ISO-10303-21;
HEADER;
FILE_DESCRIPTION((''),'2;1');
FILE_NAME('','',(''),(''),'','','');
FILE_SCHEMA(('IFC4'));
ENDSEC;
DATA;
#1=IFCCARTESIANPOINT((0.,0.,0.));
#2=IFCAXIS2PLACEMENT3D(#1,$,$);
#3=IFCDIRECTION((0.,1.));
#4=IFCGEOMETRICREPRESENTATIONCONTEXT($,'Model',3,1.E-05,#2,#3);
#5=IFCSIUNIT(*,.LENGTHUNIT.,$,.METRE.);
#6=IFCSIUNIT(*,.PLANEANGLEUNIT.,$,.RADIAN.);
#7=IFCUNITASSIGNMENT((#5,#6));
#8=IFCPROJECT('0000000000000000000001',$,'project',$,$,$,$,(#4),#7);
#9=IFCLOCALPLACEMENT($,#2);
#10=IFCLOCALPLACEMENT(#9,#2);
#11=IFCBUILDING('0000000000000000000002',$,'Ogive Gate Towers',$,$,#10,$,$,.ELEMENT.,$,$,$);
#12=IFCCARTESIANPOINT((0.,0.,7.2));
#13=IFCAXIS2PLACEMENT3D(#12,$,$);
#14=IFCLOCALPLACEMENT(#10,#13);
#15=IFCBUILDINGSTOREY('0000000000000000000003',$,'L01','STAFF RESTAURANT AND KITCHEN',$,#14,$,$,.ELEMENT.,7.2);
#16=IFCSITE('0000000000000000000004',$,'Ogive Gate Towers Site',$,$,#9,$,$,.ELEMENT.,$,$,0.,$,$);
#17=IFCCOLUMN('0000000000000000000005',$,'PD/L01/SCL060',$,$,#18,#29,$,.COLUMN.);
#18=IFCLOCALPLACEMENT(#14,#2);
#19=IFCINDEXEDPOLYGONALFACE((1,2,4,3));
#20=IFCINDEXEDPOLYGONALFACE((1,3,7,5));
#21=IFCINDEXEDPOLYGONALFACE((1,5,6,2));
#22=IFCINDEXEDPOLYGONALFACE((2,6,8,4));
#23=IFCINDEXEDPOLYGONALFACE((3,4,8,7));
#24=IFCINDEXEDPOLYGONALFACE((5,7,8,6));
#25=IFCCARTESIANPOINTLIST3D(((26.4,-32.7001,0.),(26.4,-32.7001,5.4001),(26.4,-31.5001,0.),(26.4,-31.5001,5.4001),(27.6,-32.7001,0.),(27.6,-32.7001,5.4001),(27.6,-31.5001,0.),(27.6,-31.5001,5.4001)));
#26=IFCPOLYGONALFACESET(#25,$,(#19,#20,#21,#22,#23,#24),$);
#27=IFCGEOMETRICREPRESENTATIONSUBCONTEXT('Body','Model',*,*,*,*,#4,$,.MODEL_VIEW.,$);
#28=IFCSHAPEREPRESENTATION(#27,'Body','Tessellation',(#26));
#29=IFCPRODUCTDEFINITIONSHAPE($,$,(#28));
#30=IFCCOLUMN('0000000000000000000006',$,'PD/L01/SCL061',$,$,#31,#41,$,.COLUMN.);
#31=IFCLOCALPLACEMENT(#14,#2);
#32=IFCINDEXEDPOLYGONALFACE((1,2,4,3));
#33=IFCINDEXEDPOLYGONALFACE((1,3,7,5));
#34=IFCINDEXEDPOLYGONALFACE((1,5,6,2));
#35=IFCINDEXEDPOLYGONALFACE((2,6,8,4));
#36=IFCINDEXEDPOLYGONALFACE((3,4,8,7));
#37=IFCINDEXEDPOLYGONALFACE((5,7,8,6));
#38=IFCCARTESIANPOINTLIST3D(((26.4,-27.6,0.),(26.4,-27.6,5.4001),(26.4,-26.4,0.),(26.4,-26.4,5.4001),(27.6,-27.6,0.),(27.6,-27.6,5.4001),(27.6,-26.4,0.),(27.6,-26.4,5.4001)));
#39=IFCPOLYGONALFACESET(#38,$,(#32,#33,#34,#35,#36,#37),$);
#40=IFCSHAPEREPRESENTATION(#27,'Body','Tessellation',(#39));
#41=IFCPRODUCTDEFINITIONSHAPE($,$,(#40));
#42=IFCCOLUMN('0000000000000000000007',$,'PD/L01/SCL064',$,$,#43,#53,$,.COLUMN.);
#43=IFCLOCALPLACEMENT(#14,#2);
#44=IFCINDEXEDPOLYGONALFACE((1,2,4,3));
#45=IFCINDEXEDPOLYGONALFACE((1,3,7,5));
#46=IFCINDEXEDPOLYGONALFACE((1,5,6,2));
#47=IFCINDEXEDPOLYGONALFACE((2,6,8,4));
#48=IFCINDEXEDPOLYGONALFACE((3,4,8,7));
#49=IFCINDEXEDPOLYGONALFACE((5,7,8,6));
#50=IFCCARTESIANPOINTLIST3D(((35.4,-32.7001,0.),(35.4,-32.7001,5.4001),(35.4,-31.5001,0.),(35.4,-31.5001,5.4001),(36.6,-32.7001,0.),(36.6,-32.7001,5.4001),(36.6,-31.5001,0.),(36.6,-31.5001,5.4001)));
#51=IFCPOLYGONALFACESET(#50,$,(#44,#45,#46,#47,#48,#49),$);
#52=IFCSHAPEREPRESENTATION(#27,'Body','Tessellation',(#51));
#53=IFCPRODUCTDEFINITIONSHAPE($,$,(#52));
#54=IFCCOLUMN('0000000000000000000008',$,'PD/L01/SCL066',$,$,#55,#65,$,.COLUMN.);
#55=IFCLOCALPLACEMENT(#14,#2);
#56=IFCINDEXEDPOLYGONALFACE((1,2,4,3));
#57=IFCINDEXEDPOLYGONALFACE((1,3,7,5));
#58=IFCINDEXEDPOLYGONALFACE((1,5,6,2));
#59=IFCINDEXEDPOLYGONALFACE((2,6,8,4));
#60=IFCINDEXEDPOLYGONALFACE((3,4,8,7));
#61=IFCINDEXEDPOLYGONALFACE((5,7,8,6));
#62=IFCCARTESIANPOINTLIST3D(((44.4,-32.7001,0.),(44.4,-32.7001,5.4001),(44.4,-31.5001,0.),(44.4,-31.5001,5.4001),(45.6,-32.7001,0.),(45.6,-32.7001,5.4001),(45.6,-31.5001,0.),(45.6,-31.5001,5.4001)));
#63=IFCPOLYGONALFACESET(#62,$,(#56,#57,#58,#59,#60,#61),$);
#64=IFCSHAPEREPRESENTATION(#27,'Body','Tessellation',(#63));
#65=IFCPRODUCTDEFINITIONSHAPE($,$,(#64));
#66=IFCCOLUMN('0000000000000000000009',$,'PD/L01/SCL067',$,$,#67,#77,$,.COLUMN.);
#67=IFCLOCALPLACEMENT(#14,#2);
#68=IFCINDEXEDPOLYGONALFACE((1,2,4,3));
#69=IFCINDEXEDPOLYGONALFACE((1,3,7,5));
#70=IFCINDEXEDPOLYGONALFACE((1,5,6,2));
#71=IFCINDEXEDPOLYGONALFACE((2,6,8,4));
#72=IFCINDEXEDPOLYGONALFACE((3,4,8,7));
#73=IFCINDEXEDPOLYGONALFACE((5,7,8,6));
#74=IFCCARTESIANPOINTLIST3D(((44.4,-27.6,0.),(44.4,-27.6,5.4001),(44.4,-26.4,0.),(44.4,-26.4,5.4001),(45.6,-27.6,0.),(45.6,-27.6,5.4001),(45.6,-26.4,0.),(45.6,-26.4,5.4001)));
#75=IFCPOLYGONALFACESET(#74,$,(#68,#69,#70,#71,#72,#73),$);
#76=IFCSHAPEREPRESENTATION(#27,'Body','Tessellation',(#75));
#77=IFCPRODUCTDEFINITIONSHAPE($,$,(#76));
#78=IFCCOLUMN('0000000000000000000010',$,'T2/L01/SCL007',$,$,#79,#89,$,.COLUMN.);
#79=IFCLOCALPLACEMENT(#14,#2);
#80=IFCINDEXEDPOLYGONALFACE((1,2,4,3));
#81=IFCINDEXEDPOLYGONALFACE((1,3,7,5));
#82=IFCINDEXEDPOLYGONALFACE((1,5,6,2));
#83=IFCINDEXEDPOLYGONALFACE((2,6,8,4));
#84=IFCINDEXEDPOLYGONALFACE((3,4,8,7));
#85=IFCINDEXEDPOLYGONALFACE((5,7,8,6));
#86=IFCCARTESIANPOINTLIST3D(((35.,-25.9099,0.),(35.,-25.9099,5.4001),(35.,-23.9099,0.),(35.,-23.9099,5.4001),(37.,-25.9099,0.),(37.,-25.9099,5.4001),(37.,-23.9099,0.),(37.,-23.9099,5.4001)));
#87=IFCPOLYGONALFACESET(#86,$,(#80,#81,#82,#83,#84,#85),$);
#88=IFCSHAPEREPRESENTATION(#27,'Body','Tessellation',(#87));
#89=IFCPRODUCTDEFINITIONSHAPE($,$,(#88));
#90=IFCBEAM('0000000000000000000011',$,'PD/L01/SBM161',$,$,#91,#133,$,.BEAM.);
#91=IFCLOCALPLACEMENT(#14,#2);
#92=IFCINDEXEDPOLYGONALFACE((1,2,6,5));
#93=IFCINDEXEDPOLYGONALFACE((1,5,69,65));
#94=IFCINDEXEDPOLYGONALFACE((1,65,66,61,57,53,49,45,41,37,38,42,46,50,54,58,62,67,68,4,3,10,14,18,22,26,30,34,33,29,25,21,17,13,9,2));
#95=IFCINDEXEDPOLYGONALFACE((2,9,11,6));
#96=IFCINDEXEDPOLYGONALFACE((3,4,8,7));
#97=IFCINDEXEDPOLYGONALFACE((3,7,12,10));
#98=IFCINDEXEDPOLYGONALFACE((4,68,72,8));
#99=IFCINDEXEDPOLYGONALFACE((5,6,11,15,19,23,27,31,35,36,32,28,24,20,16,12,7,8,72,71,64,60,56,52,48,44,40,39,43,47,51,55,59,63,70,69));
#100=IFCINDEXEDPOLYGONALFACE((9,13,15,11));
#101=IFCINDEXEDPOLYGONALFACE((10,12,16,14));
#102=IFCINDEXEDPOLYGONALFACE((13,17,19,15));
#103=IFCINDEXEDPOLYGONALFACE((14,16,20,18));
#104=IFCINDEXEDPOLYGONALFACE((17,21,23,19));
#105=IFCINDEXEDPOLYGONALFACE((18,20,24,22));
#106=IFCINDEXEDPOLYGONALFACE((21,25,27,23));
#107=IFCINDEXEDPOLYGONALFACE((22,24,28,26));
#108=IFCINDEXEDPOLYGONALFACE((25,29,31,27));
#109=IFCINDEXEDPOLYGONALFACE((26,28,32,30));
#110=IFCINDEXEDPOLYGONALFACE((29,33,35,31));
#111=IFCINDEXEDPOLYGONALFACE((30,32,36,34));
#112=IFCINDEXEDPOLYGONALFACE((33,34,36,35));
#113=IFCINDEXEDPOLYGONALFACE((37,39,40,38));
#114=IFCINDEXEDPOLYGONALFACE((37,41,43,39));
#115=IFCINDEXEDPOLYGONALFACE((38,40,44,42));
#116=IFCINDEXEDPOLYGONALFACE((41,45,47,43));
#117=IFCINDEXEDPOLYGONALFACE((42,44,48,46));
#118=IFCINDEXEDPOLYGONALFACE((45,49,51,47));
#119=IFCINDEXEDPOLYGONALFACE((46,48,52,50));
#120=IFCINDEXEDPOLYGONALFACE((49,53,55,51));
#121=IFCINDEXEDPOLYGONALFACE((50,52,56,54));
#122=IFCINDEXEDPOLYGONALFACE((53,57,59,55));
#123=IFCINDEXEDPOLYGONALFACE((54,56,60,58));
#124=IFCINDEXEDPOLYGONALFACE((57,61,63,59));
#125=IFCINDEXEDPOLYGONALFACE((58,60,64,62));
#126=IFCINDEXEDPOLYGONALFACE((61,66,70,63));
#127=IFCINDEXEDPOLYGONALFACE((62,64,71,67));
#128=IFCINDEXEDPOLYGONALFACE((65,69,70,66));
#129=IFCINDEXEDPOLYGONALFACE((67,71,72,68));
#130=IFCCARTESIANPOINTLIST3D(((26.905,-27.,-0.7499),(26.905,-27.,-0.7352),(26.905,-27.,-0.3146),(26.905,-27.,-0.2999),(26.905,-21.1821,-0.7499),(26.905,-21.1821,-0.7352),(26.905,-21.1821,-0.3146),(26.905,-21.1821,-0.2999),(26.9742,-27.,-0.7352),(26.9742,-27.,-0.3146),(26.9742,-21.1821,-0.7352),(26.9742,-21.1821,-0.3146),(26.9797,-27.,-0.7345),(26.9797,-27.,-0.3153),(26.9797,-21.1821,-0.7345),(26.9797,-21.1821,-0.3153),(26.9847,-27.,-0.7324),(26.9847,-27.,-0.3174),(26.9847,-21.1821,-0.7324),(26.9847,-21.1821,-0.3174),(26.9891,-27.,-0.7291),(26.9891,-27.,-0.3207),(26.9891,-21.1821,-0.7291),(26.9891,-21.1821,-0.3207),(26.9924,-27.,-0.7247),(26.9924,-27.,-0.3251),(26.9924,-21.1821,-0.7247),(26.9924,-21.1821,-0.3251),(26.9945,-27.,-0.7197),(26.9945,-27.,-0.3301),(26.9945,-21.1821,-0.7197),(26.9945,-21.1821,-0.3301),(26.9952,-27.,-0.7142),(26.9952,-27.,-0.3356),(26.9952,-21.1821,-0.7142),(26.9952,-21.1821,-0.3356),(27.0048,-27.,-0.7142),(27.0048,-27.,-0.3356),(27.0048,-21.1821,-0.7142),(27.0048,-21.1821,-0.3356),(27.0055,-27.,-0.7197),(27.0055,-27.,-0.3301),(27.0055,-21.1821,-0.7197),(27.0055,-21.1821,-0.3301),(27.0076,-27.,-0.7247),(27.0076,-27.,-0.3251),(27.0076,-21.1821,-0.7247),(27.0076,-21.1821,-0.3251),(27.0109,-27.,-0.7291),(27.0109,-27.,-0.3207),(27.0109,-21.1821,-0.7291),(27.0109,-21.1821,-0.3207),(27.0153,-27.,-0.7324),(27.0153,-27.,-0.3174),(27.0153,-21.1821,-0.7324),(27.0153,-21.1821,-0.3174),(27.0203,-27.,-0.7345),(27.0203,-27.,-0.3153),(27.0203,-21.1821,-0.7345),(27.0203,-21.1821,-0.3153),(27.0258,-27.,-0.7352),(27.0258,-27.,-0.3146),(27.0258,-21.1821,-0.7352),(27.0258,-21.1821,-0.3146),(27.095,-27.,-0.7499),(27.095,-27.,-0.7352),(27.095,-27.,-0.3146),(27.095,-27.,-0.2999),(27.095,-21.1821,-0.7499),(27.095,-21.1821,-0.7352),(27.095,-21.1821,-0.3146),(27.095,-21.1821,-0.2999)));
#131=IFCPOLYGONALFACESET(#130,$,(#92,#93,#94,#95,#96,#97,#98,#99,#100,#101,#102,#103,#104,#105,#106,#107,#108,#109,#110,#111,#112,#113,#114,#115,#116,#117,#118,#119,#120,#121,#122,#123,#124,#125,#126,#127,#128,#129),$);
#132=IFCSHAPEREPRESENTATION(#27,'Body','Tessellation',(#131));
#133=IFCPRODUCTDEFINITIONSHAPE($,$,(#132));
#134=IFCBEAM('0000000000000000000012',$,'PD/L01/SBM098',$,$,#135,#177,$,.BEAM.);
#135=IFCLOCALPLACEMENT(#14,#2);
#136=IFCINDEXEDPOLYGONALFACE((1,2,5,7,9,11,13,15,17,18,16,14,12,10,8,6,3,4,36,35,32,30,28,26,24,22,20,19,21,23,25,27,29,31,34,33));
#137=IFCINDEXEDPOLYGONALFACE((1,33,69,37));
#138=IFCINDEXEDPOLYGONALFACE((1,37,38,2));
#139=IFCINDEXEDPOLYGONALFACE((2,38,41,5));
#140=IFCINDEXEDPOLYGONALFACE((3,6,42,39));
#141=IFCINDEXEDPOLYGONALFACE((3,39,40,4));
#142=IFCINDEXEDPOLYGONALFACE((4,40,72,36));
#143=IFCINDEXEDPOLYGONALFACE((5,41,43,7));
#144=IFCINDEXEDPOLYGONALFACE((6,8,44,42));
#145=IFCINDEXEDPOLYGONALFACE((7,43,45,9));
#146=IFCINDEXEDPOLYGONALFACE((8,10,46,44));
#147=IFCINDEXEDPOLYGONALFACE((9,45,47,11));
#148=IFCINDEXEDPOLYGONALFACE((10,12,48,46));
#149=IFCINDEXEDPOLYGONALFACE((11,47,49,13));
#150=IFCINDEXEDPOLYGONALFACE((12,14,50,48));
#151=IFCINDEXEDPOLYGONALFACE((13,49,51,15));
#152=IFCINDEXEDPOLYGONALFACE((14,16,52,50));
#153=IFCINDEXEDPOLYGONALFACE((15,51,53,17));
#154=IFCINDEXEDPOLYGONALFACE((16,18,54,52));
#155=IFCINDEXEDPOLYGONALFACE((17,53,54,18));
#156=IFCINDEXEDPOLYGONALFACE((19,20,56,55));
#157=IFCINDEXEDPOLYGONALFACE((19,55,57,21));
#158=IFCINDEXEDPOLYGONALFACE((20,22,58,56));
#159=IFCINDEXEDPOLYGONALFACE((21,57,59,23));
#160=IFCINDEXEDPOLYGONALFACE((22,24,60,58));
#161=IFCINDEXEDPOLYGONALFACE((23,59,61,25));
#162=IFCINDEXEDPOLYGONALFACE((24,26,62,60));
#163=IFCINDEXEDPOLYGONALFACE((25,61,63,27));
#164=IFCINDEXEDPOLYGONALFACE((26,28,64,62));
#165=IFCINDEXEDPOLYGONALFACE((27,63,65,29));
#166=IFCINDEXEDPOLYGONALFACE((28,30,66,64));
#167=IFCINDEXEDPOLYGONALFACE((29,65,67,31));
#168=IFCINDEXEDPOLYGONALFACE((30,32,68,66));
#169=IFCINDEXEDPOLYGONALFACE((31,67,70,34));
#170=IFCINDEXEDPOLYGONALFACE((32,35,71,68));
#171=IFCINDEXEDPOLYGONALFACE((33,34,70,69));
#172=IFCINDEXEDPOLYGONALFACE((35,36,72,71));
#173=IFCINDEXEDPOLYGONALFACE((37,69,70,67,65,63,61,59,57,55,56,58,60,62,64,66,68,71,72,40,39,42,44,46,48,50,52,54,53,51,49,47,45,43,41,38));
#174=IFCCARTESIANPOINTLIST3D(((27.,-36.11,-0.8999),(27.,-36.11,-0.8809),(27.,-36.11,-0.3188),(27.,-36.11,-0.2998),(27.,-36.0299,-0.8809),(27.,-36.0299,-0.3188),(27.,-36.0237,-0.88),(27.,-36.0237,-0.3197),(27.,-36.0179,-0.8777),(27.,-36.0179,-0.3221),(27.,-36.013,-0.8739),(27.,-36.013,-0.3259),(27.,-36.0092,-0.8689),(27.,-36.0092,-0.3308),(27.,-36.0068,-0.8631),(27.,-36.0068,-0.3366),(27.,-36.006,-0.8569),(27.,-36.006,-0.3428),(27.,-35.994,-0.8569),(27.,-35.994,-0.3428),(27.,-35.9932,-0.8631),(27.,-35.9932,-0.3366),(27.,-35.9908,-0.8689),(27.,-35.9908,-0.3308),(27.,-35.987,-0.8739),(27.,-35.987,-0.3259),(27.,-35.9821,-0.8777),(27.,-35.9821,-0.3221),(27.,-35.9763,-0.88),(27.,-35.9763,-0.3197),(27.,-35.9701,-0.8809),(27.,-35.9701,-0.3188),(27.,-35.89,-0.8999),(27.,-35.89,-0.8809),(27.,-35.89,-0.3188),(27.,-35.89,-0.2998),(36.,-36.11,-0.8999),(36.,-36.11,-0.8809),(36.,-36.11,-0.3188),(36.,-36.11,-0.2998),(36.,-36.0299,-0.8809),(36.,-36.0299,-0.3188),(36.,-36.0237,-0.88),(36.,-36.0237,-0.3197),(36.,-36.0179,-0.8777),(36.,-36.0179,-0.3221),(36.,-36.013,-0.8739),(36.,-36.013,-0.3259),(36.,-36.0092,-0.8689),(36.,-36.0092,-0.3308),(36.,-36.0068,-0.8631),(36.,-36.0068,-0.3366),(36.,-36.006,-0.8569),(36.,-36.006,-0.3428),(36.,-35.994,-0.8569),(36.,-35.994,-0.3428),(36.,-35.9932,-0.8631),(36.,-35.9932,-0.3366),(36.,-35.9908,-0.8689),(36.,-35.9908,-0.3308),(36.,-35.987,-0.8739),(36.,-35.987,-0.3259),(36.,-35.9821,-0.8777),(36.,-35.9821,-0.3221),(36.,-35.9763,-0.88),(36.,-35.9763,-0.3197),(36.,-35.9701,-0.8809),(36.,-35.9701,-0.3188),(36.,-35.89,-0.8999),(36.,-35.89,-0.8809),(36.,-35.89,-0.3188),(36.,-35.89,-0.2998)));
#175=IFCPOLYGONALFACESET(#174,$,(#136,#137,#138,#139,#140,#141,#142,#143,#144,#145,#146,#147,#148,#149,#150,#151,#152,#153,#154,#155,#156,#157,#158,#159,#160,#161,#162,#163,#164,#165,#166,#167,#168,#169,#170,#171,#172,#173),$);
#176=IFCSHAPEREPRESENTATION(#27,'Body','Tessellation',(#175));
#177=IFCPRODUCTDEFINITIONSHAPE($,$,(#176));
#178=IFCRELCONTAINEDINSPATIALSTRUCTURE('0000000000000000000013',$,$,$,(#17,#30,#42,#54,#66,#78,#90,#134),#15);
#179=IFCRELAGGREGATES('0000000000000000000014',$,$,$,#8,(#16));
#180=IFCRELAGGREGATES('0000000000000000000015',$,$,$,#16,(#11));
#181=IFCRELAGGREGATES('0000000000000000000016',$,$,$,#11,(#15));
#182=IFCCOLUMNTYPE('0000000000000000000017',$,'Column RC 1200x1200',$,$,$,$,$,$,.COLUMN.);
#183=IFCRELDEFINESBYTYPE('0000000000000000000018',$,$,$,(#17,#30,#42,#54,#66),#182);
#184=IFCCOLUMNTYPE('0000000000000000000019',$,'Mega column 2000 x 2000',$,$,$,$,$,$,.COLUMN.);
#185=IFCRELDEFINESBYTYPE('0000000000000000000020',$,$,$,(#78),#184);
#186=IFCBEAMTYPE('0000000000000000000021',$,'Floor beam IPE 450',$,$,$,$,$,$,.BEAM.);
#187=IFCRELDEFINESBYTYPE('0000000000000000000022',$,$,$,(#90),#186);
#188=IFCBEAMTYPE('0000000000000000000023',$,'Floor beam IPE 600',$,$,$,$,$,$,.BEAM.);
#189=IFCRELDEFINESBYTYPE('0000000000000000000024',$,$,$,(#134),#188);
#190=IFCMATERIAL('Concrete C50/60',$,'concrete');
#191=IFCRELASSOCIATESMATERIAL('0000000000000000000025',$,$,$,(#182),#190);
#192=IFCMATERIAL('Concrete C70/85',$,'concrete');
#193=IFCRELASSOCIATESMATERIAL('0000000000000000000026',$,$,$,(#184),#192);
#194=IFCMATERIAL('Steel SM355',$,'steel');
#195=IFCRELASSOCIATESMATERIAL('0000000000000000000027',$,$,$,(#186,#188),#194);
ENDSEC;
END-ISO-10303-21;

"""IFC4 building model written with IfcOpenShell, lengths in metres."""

from ifc_helpers import new_model, si_unit, direction, frame, origin, origin_2d, place, context, subcontext, project, spatial, rectangle, i_section, extrude, material, material_profile, profile_set, type_object, element, save


model = new_model("IFC4")

# Units and contexts
model_context = context("Model", 3, precision=1e-05, world=origin(), true_north=direction((0.0, 1.0)))
body_context = subcontext(model_context, "Body", "Model", "MODEL_VIEW")
ifc_project = project(units=[si_unit("LENGTHUNIT", "METRE"), si_unit("PLANEANGLEUNIT", "RADIAN")], contexts=[model_context])

# Site, building, storey
site_placement = place(None, origin())
site = spatial("IfcSite", under=ifc_project, at=site_placement, Name="Ogive Gate Towers Site", CompositionType="ELEMENT", RefElevation=0.0)
building_placement = place(site_placement, origin())
building = spatial("IfcBuilding", under=site, at=building_placement, Name="Ogive Gate Towers", CompositionType="ELEMENT")
storey_placement = place(building_placement, frame((0.0, 0.0, 7.2)))
storey = spatial("IfcBuildingStorey", under=building, at=storey_placement, Name="L01", Description="STAFF RESTAURANT AND KITCHEN", CompositionType="ELEMENT", Elevation=7.2)

# Columns
ifc_material_1 = material(Name="Concrete C50/60", Category="concrete")
ifc_material_profile_1 = material_profile(ifc_material_1, rectangle(XDim=1.2, YDim=1.2, at=origin_2d()), Name="RC 1200x1200")
ifc_profile_set_1 = profile_set([ifc_material_profile_1], Name="Concrete C50/60")
column_type_1 = type_object("IfcColumnType", Name="Column RC 1200x1200", PredefinedType="COLUMN", material=ifc_profile_set_1)
for number, where, z_axis, x_axis, name in (
    (1, (27.0, -32.1001, 0.0), (0.0, 0.0, 1.0), (1.0, 0.0, 0.0), "PD/L01/SCL060"),
    (2, (27.0, -27.0, 0.0), (0.0, 0.0, 1.0), (1.0, 0.0, 0.0), "PD/L01/SCL061"),
    (3, (36.0, -32.1001, 0.0), (0.0, 0.0, 1.0), (1.0, 0.0, 0.0), "PD/L01/SCL064"),
    (4, (45.0, -32.1001, 0.0), (0.0, 0.0, 1.0), (1.0, 0.0, 0.0), "PD/L01/SCL066"),
    (5, (45.0, -27.0, 0.0), (0.0, 0.0, 1.0), (1.0, 0.0, 0.0), "PD/L01/SCL067"),
):
    element("IfcColumn", number, at=place(storey_placement, frame(where, z_axis=z_axis, x_axis=x_axis)), inside=storey, type_object=column_type_1, Name=name, PredefinedType="COLUMN", context=body_context, shape_type="SweptSolid", body=[
        extrude(rectangle(XDim=1.2, YDim=1.2, at=origin_2d()), origin(), (0.0, 0.0, 1.0), 5.4001),
    ])
ifc_material_2 = material(Name="Concrete C70/85", Category="concrete")
ifc_material_profile_2 = material_profile(ifc_material_2, rectangle(XDim=2.0, YDim=2.0, at=origin_2d()), Name="RC 2000x2000")
ifc_profile_set_2 = profile_set([ifc_material_profile_2], Name="Concrete C70/85")
column_type_2 = type_object("IfcColumnType", Name="Mega column 2000 x 2000", PredefinedType="COLUMN", material=ifc_profile_set_2)
column_placement = place(storey_placement, frame((36.0, -24.9099, 0.0), z_axis=(0.0, 0.0, 1.0), x_axis=(0.0, -1.0, 0.0)))
element("IfcColumn", 6, at=column_placement, inside=storey, type_object=column_type_2, Name="T2/L01/SCL007", PredefinedType="COLUMN", context=body_context, shape_type="SweptSolid", body=[
    extrude(rectangle(XDim=2.0, YDim=2.0, at=origin_2d()), origin(), (0.0, 0.0, 1.0), 5.4001),
])

# Beams
ifc_material_3 = material(Name="Steel SM355", Category="steel")
ifc_material_profile_3 = material_profile(ifc_material_3, i_section(OverallWidth=0.1899, OverallDepth=0.45, WebThickness=0.0095, FlangeThickness=0.0146, FilletRadius=0.021, at=origin_2d()), Name="IPE 450")
ifc_profile_set_3 = profile_set([ifc_material_profile_3], Name="Steel SM355")
beam_type_1 = type_object("IfcBeamType", Name="Floor beam IPE 450", PredefinedType="BEAM", material=ifc_profile_set_3)
beam_1_placement = place(storey_placement, frame((27.0, -27.0, -0.5249), z_axis=(0.0, 1.0, 0.0), x_axis=(-1.0, 0.0, 0.0)))
element("IfcBeam", 7, at=beam_1_placement, inside=storey, type_object=beam_type_1, Name="PD/L01/SBM161", PredefinedType="BEAM", context=body_context, shape_type="SweptSolid", body=[
    extrude(i_section(OverallWidth=0.1899, OverallDepth=0.45, WebThickness=0.0095, FlangeThickness=0.0146, FilletRadius=0.021, at=origin_2d()), origin(), (0.0, 0.0, 1.0), 5.8179),
])
ifc_material_profile_4 = material_profile(ifc_material_3, i_section(OverallWidth=0.22, OverallDepth=0.6001, WebThickness=0.012, FlangeThickness=0.019, FilletRadius=0.0239, at=origin_2d()), Name="IPE 600")
ifc_profile_set_4 = profile_set([ifc_material_profile_4], Name="Steel SM355")
beam_type_2 = type_object("IfcBeamType", Name="Floor beam IPE 600", PredefinedType="BEAM", material=ifc_profile_set_4)
for number, where, z_axis, x_axis, name in (
    (8, (27.0, -36.0, -0.5999), (1.0, 0.0, 0.0), (0.0, 1.0, 0.0), "PD/L01/SBM098"),
):
    element("IfcBeam", number, at=place(storey_placement, frame(where, z_axis=z_axis, x_axis=x_axis)), inside=storey, type_object=beam_type_2, Name=name, PredefinedType="BEAM", context=body_context, shape_type="SweptSolid", body=[
        extrude(i_section(OverallWidth=0.22, OverallDepth=0.6001, WebThickness=0.012, FlangeThickness=0.019, FilletRadius=0.0239, at=origin_2d()), origin(), (0.0, 0.0, 1.0), 9.0),
    ])

save(model, "model.ifc")
